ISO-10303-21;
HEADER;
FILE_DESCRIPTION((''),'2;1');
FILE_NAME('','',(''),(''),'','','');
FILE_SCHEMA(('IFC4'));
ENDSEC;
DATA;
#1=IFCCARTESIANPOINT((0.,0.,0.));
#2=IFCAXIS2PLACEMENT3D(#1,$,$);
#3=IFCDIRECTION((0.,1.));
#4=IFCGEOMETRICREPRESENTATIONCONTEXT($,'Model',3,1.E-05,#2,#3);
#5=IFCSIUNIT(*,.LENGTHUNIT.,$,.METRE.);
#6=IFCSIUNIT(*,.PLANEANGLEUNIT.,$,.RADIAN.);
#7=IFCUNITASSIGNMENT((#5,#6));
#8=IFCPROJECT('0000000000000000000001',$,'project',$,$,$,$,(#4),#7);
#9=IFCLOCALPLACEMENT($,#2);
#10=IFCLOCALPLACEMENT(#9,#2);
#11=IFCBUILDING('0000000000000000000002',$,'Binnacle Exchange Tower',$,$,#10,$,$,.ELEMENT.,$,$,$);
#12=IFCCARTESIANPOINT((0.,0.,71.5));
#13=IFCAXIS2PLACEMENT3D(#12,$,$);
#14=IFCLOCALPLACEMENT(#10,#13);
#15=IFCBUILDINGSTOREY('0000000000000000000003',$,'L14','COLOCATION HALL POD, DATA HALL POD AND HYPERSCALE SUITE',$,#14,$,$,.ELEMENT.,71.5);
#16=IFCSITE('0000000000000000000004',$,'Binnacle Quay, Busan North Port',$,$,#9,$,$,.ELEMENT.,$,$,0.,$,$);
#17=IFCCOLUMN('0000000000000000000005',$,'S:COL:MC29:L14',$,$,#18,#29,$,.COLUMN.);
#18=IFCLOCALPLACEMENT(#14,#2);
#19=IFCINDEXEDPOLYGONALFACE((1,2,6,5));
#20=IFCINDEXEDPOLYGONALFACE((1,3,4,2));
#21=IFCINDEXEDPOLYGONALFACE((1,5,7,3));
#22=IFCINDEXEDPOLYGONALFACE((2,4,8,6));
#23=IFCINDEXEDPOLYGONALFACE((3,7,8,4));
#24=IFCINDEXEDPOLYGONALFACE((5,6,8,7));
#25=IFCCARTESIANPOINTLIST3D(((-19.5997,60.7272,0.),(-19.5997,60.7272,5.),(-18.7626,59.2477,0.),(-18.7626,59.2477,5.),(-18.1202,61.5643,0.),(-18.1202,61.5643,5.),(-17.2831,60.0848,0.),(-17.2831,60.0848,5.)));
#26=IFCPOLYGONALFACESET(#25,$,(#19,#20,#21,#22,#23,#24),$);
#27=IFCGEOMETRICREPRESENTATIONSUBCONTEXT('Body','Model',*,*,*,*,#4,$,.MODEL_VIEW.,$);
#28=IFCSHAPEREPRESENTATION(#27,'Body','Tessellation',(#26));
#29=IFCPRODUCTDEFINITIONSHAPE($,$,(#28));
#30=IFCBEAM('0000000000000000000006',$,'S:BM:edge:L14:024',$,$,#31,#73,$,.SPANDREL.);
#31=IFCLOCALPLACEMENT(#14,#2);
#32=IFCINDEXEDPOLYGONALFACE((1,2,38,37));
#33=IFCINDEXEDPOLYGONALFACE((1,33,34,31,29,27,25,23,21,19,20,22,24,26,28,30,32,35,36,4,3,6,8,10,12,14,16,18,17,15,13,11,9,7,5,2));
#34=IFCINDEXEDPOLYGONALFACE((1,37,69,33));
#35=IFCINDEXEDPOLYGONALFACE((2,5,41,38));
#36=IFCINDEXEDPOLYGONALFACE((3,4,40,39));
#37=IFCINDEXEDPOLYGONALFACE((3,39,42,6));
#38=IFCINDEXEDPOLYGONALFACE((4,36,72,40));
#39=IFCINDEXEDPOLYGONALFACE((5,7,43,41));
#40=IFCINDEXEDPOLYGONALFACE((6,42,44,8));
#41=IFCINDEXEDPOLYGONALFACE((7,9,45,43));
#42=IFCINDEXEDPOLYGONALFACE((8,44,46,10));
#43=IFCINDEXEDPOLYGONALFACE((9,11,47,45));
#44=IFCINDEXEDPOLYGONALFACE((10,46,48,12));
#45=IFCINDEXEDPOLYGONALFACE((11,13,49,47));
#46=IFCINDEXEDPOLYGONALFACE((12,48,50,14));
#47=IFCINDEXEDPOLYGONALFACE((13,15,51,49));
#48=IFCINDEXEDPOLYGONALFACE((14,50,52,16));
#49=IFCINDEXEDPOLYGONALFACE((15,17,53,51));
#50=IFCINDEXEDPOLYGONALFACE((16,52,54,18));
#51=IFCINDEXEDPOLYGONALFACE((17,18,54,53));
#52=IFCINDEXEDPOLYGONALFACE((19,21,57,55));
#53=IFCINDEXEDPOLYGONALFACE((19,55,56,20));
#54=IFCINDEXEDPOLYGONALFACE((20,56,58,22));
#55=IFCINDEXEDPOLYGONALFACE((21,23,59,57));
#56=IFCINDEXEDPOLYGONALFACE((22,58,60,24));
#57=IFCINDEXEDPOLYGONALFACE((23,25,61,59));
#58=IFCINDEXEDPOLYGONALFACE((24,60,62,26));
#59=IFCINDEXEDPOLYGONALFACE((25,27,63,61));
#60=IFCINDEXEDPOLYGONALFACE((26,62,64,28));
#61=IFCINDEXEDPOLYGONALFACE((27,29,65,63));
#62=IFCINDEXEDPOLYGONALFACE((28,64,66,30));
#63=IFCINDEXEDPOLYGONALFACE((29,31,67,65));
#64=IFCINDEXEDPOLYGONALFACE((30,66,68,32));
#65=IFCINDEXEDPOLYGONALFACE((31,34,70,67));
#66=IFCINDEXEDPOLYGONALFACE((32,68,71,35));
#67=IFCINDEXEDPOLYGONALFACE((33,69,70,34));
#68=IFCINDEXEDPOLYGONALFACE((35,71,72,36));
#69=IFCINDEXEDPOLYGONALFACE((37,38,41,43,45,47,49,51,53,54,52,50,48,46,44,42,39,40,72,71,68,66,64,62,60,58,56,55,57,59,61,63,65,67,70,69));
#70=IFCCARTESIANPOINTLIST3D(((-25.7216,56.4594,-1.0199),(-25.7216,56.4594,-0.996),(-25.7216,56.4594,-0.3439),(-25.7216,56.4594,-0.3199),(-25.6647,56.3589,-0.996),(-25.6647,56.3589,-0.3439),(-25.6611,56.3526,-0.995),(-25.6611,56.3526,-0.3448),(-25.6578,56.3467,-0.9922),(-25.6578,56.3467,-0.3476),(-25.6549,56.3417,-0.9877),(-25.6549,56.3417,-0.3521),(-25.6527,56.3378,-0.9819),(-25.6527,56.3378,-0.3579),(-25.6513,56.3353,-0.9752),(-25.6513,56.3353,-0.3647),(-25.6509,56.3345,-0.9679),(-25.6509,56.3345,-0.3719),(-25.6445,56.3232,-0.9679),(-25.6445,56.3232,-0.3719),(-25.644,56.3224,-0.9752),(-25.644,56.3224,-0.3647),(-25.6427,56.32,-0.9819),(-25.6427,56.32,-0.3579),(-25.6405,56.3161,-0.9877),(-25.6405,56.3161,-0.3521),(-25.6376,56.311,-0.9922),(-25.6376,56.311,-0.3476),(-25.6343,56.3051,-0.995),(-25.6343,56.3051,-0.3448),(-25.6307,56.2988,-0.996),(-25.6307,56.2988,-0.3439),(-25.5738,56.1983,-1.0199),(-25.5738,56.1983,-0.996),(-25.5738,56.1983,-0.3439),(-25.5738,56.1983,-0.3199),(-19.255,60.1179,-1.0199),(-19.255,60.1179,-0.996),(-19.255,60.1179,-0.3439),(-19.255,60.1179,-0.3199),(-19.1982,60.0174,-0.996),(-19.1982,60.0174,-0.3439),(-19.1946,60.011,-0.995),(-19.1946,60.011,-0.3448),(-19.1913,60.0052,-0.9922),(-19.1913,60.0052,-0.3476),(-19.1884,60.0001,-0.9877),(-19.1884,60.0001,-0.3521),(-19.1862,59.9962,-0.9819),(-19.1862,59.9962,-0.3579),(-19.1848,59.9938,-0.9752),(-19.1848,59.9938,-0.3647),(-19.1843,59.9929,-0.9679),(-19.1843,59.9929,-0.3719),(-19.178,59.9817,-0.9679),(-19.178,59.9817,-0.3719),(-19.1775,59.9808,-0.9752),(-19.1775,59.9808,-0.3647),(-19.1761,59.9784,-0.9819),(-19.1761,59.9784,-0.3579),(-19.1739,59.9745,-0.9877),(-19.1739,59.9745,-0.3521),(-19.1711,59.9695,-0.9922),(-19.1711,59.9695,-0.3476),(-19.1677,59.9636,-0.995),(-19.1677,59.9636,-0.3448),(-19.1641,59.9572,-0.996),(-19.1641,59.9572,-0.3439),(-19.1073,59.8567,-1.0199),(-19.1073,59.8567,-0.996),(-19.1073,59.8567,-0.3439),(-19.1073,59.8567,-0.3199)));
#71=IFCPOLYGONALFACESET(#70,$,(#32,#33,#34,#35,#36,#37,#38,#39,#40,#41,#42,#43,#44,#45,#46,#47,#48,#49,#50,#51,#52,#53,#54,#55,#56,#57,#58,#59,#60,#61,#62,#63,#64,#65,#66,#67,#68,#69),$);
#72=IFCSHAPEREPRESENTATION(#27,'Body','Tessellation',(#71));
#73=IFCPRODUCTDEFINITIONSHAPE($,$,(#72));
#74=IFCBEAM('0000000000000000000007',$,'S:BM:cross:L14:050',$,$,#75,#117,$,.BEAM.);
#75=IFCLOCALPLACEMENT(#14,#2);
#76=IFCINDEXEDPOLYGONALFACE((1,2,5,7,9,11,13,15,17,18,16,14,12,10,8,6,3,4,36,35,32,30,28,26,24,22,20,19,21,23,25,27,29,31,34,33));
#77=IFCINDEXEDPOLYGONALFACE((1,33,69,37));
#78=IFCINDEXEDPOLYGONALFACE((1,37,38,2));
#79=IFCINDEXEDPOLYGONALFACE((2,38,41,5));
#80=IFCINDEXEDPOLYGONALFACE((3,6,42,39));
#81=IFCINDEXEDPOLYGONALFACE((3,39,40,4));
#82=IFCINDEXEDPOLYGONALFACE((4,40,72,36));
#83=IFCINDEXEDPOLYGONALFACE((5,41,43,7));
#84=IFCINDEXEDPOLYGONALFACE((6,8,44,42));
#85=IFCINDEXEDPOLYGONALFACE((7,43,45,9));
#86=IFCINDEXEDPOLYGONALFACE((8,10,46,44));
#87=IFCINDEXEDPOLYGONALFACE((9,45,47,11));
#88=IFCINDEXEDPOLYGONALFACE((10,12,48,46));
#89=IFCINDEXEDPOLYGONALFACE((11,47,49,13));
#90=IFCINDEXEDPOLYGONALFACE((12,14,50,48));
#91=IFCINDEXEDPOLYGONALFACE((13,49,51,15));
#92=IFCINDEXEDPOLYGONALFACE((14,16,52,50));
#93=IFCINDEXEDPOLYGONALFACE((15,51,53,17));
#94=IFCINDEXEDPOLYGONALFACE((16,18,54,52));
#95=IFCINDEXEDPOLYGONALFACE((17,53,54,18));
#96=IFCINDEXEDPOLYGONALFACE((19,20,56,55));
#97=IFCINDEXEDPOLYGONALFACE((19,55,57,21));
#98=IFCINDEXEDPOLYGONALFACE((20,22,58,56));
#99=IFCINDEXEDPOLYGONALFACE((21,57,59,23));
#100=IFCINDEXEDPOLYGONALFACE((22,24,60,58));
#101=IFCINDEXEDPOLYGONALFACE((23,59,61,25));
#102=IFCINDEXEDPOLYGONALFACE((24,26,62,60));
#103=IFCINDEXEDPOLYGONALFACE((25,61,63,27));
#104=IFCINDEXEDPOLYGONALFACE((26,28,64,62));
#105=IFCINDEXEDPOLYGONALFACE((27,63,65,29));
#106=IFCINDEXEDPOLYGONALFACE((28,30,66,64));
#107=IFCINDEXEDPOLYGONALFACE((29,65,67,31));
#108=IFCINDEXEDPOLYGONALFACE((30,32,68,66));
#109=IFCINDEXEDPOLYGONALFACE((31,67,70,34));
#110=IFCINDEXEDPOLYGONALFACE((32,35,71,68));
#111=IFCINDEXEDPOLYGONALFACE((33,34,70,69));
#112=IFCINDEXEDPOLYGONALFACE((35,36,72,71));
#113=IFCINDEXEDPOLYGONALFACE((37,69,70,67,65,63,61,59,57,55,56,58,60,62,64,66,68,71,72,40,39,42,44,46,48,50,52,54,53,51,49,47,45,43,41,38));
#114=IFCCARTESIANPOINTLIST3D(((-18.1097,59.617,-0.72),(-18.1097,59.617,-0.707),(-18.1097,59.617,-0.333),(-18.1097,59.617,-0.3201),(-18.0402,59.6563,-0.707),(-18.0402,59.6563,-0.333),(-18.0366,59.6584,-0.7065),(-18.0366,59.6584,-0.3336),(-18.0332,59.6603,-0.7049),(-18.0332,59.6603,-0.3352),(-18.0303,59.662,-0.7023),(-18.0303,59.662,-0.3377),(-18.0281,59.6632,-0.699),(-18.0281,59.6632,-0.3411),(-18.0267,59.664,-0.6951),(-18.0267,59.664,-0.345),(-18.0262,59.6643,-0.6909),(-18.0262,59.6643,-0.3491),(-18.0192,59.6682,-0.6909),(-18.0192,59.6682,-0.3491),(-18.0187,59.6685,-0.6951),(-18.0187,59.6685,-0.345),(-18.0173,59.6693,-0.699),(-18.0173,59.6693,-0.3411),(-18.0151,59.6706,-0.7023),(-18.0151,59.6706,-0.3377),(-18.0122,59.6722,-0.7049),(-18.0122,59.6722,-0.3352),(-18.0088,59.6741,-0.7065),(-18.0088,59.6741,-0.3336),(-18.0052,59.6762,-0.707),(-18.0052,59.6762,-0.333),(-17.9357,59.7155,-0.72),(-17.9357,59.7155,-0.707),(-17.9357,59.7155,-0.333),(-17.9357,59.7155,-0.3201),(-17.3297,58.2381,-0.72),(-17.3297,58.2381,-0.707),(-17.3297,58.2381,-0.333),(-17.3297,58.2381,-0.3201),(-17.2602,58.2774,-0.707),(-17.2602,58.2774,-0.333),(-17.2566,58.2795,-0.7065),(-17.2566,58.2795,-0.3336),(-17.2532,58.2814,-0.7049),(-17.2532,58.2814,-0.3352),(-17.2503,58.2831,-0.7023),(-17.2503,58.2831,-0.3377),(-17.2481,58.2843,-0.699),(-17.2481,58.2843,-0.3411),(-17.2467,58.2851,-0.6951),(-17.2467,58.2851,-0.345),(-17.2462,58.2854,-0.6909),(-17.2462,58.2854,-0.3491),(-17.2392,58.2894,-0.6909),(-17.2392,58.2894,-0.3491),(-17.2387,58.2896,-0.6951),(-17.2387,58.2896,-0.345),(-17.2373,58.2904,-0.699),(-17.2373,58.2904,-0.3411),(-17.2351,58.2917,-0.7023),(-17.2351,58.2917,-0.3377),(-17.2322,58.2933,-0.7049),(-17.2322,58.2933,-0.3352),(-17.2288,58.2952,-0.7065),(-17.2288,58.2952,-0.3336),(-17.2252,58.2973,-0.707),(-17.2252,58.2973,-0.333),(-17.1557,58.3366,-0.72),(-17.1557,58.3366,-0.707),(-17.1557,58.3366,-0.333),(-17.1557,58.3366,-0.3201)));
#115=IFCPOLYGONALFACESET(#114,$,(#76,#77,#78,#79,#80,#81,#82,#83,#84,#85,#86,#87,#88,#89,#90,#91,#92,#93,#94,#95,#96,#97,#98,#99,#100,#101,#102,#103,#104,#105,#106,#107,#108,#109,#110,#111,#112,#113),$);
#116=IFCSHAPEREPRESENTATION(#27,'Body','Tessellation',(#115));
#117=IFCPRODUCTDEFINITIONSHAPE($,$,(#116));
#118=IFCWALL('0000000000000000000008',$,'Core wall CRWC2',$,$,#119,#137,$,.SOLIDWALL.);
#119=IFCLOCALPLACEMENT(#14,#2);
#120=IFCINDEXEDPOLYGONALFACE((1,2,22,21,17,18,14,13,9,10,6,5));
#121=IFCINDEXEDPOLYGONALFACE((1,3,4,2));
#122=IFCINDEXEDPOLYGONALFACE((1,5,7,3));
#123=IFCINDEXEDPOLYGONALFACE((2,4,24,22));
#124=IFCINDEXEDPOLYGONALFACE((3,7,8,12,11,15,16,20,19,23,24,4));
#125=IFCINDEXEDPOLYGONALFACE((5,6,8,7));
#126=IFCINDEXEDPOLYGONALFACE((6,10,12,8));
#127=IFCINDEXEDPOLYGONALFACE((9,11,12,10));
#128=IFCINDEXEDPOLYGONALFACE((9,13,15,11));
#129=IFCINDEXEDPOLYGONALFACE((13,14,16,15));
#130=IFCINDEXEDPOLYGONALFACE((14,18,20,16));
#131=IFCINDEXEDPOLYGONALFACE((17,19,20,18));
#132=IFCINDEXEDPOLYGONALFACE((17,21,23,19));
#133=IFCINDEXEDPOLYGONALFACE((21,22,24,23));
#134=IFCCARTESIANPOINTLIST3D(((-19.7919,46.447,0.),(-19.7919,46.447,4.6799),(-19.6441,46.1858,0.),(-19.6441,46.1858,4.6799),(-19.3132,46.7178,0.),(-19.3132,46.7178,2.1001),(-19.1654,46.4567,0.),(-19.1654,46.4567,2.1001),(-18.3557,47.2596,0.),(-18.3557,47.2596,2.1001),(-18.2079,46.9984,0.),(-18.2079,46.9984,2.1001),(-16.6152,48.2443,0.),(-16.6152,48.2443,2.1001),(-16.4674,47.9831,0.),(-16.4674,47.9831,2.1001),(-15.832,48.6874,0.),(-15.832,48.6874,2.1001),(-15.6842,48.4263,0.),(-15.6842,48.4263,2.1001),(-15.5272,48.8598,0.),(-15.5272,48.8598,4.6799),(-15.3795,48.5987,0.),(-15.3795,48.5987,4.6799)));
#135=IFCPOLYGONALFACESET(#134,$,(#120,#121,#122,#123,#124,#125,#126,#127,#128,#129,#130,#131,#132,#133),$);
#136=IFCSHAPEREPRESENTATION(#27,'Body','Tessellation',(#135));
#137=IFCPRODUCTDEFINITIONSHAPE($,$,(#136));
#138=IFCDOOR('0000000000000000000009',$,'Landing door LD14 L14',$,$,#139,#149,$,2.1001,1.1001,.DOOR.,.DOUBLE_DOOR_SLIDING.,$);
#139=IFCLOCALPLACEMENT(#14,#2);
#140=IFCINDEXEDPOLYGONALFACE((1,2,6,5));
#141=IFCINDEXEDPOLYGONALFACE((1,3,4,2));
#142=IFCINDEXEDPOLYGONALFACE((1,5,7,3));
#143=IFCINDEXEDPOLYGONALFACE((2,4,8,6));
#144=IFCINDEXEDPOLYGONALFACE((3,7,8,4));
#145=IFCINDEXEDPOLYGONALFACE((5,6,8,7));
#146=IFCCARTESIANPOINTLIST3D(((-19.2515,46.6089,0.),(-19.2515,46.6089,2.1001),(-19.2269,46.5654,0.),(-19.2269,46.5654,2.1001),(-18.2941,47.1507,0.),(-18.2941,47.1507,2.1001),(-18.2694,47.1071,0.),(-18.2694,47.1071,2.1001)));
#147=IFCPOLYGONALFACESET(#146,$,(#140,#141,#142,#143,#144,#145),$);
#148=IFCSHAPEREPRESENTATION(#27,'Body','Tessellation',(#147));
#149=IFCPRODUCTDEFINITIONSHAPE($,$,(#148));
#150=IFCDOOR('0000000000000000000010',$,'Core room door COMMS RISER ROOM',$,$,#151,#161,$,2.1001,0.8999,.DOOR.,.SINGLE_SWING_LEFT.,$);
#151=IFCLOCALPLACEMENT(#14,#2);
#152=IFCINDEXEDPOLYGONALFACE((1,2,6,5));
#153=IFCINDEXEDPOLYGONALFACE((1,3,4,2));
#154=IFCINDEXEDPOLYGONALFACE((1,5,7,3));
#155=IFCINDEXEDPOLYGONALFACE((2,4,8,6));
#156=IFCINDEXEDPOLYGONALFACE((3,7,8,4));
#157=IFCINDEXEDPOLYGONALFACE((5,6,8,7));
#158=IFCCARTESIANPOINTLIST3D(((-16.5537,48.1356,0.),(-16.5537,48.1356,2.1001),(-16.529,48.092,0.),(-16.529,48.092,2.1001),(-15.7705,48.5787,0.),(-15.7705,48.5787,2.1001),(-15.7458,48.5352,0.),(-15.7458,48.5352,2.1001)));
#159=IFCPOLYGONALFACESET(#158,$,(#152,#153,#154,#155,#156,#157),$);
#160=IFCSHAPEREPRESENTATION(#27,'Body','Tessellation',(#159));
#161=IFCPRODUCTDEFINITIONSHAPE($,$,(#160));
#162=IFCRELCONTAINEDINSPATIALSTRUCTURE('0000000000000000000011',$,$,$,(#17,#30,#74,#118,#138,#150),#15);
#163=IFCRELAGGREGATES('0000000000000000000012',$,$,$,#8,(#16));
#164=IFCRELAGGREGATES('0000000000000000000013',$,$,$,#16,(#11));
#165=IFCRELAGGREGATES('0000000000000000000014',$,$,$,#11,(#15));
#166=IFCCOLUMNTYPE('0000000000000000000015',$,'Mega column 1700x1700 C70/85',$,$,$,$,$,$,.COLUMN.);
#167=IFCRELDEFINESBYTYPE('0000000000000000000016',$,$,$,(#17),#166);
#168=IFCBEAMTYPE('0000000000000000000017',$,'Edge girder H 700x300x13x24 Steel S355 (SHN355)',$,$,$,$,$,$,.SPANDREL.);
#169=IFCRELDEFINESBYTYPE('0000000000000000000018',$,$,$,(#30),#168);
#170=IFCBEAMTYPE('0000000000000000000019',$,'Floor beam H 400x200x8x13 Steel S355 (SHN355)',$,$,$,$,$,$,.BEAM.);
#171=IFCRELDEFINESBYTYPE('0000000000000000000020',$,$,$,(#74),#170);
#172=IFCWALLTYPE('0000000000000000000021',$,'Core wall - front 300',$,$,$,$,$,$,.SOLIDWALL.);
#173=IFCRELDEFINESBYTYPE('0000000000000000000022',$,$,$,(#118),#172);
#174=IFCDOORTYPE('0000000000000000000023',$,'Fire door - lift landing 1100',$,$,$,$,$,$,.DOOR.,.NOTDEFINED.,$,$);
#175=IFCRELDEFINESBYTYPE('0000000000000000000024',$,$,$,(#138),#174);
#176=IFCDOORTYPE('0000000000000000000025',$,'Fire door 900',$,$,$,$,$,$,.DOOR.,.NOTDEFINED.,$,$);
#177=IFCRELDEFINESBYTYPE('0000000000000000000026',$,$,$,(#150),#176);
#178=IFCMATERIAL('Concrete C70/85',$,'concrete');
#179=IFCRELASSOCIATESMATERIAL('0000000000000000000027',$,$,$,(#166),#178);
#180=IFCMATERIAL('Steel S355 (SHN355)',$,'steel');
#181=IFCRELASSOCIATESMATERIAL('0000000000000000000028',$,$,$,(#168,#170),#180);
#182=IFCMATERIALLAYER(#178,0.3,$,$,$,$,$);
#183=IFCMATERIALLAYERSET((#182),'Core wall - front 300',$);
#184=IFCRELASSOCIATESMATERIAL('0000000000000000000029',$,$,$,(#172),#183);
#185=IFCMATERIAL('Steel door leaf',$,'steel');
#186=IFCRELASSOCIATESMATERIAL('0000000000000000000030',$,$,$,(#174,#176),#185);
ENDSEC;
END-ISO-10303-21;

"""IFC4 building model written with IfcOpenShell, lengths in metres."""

from ifc_helpers import new_model, si_unit, direction, frame, frame_2d, origin, origin_2d, place, context, subcontext, project, spatial, rectangle, i_section, extrude, material, layer, layer_set, material_profile, profile_set, type_object, element, fill, save


model = new_model("IFC4")

# Units and contexts
model_context = context("Model", 3, precision=1e-05, world=origin(), true_north=direction((0.0, 1.0)))
body_context = subcontext(model_context, "Body", "Model", "MODEL_VIEW")
ifc_project = project(units=[si_unit("LENGTHUNIT", "METRE"), si_unit("PLANEANGLEUNIT", "RADIAN")], contexts=[model_context])

# Site, building, storey
site_placement = place(None, origin())
site = spatial("IfcSite", under=ifc_project, at=site_placement, Name="Binnacle Quay, Busan North Port", CompositionType="ELEMENT", RefElevation=0.0)
building_placement = place(site_placement, origin())
building = spatial("IfcBuilding", under=site, at=building_placement, Name="Binnacle Exchange Tower", CompositionType="ELEMENT")
storey_placement = place(building_placement, frame((0.0, 0.0, 71.5)))
storey = spatial("IfcBuildingStorey", under=building, at=storey_placement, Name="L14", Description="COLOCATION HALL POD, DATA HALL POD AND HYPERSCALE SUITE", CompositionType="ELEMENT", Elevation=71.5)

# Column
ifc_material_1 = material(Name="Concrete C70/85", Category="concrete")
ifc_material_profile_1 = material_profile(ifc_material_1, rectangle(XDim=1.7, YDim=1.7, at=origin_2d()), Name="Mega column 1700x1700 C70/85")
ifc_profile_set_1 = profile_set([ifc_material_profile_1], Name="Concrete C70/85")
column_type = type_object("IfcColumnType", Name="Mega column 1700x1700 C70/85", PredefinedType="COLUMN", material=ifc_profile_set_1)
column_placement = place(storey_placement, frame((-18.4414, 60.406, 0.0), z_axis=(0.0, 0.0, 1.0), x_axis=(-0.870356, -0.492424, 0.0)))
element("IfcColumn", 1, at=column_placement, inside=storey, type_object=column_type, Name="S:COL:MC29:L14", PredefinedType="COLUMN", context=body_context, shape_type="SweptSolid", body=[
    extrude(rectangle(XDim=1.7, YDim=1.7, at=origin_2d()), origin(), (0.0, 0.0, 1.0), 5.0),
])

# Beams
ifc_material_2 = material(Name="Steel S355 (SHN355)", Category="steel")
ifc_material_profile_2 = material_profile(ifc_material_2, i_section(OverallWidth=0.3, OverallDepth=0.7, WebThickness=0.0129, FlangeThickness=0.0239, FilletRadius=0.0281, at=origin_2d()), Name="H 700x300x13x24")
ifc_profile_set_2 = profile_set([ifc_material_profile_2], Name="Steel S355 (SHN355)")
beam_type_1 = type_object("IfcBeamType", Name="Edge girder H 700x300x13x24 Steel S355 (SHN355)", PredefinedType="SPANDREL", material=ifc_profile_set_2)
beam_1_placement = place(storey_placement, frame((-19.1812, 59.9873, -0.6699), z_axis=(-0.870364, -0.492408, 0.0), x_axis=(0.492408, -0.870364, 0.0)))
element("IfcBeam", 2, at=beam_1_placement, inside=storey, type_object=beam_type_1, Name="S:BM:edge:L14:024", PredefinedType="SPANDREL", context=body_context, shape_type="SweptSolid", body=[
    extrude(i_section(OverallWidth=0.3, OverallDepth=0.7, WebThickness=0.0129, FlangeThickness=0.0239, FilletRadius=0.0281, at=origin_2d()), origin(), (0.0, 0.0, 1.0), 7.4297),
])
ifc_material_profile_3 = material_profile(ifc_material_2, i_section(OverallWidth=0.2, OverallDepth=0.3999, WebThickness=0.0081, FlangeThickness=0.0129, FilletRadius=0.0161, at=origin_2d()), Name="H 400x200x8x13")
ifc_profile_set_3 = profile_set([ifc_material_profile_3], Name="Steel S355 (SHN355)")
beam_type_2 = type_object("IfcBeamType", Name="Floor beam H 400x200x8x13 Steel S355 (SHN355)", PredefinedType="BEAM", material=ifc_profile_set_3)
beam_2_placement = place(storey_placement, frame((-18.0227, 59.6663, -0.52), z_axis=(0.492367, -0.870388, 0.0), x_axis=(0.870388, 0.492367, 0.0)))
element("IfcBeam", 3, at=beam_2_placement, inside=storey, type_object=beam_type_2, Name="S:BM:cross:L14:050", PredefinedType="BEAM", context=body_context, shape_type="SweptSolid", body=[
    extrude(i_section(OverallWidth=0.2, OverallDepth=0.3999, WebThickness=0.0081, FlangeThickness=0.0129, FilletRadius=0.0161, at=origin_2d()), origin(), (0.0, 0.0, 1.0), 1.5842),
])

# Wall, openings, doors
ifc_layer_1 = layer(ifc_material_1, 0.3)
ifc_layer_set_1 = layer_set([ifc_layer_1], Name="Core wall - front 300")
wall_type_1 = type_object("IfcWallType", Name="Core wall - front 300", PredefinedType="SOLIDWALL", material=ifc_layer_set_1)
wall_1_placement = place(storey_placement, frame((-19.718, 46.3164, 0.0), z_axis=(0.0, 0.0, 1.0), x_axis=(0.870354, 0.492427, 0.0)))
wall_1 = element("IfcWall", 4, at=wall_1_placement, inside=storey, type_object=wall_type_1, Name="Core wall CRWC2", PredefinedType="SOLIDWALL", context=body_context, shape_type="SweptSolid", body=[
    extrude(rectangle(XDim=4.8999, YDim=0.3, at=frame_2d((2.45, 0.0))), origin(), (0.0, 0.0, 1.0), 4.6799),
])
opening_1_placement = place(wall_1_placement, frame((0.55, 0.0, 0.0)))
opening_1 = element("IfcOpeningElement", 5, at=opening_1_placement, cuts=wall_1, PredefinedType="OPENING", context=body_context, shape_type="SweptSolid", body=[
    extrude(rectangle(XDim=1.1001, YDim=2.1001, at=frame_2d((0.55, 1.05))), frame((0.0, 0.1599, 0.0), z_axis=(0.0, -1.0, 0.0), x_axis=(1.0, 0.0, 0.0)), (0.0, 0.0, 1.0), 0.3201),
])
opening_2_placement = place(wall_1_placement, frame((3.6499, 0.0, 0.0)))
opening_2 = element("IfcOpeningElement", 6, at=opening_2_placement, cuts=wall_1, PredefinedType="OPENING", context=body_context, shape_type="SweptSolid", body=[
    extrude(rectangle(XDim=0.8999, YDim=2.1001, at=frame_2d((0.45, 1.05))), frame((0.0, 0.1599, 0.0), z_axis=(0.0, -1.0, 0.0), x_axis=(1.0, 0.0, 0.0)), (0.0, 0.0, 1.0), 0.3201),
])
ifc_material_3 = material(Name="Steel door leaf", Category="steel")
door_type_1 = type_object("IfcDoorType", Name="Fire door - lift landing 1100", OperationType="NOTDEFINED", PredefinedType="DOOR", material=ifc_material_3)
door_1_placement = place(opening_1_placement, origin())
door_1 = element("IfcDoor", 7, at=door_1_placement, inside=storey, type_object=door_type_1, Name="Landing door LD14 L14", OperationType="DOUBLE_DOOR_SLIDING", OverallHeight=2.1001, OverallWidth=1.1001, PredefinedType="DOOR", context=body_context, shape_type="SweptSolid", body=[
    extrude(rectangle(XDim=1.1001, YDim=2.1001, at=frame_2d((0.55, 1.05))), frame((0.0, 0.0249, 0.0), z_axis=(0.0, -1.0, 0.0), x_axis=(1.0, 0.0, 0.0)), (0.0, 0.0, 1.0), 0.05),
])
fill(opening_1, door_1)
door_type_2 = type_object("IfcDoorType", Name="Fire door 900", OperationType="NOTDEFINED", PredefinedType="DOOR", material=ifc_material_3)
door_2_placement = place(opening_2_placement, frame((0.8999, 0.0, 0.0), z_axis=(0.0, 0.0, 1.0), x_axis=(-1.0, 0.0, 0.0)))
door_2 = element("IfcDoor", 8, at=door_2_placement, inside=storey, type_object=door_type_2, Name="Core room door COMMS RISER ROOM", OperationType="SINGLE_SWING_LEFT", OverallHeight=2.1001, OverallWidth=0.8999, PredefinedType="DOOR", context=body_context, shape_type="SweptSolid", body=[
    extrude(rectangle(XDim=0.8999, YDim=2.1001, at=frame_2d((0.45, 1.05))), frame((0.0, 0.0249, 0.0), z_axis=(0.0, -1.0, 0.0), x_axis=(1.0, 0.0, 0.0)), (0.0, 0.0, 1.0), 0.05),
])
fill(opening_2, door_2)

save(model, "model.ifc")
